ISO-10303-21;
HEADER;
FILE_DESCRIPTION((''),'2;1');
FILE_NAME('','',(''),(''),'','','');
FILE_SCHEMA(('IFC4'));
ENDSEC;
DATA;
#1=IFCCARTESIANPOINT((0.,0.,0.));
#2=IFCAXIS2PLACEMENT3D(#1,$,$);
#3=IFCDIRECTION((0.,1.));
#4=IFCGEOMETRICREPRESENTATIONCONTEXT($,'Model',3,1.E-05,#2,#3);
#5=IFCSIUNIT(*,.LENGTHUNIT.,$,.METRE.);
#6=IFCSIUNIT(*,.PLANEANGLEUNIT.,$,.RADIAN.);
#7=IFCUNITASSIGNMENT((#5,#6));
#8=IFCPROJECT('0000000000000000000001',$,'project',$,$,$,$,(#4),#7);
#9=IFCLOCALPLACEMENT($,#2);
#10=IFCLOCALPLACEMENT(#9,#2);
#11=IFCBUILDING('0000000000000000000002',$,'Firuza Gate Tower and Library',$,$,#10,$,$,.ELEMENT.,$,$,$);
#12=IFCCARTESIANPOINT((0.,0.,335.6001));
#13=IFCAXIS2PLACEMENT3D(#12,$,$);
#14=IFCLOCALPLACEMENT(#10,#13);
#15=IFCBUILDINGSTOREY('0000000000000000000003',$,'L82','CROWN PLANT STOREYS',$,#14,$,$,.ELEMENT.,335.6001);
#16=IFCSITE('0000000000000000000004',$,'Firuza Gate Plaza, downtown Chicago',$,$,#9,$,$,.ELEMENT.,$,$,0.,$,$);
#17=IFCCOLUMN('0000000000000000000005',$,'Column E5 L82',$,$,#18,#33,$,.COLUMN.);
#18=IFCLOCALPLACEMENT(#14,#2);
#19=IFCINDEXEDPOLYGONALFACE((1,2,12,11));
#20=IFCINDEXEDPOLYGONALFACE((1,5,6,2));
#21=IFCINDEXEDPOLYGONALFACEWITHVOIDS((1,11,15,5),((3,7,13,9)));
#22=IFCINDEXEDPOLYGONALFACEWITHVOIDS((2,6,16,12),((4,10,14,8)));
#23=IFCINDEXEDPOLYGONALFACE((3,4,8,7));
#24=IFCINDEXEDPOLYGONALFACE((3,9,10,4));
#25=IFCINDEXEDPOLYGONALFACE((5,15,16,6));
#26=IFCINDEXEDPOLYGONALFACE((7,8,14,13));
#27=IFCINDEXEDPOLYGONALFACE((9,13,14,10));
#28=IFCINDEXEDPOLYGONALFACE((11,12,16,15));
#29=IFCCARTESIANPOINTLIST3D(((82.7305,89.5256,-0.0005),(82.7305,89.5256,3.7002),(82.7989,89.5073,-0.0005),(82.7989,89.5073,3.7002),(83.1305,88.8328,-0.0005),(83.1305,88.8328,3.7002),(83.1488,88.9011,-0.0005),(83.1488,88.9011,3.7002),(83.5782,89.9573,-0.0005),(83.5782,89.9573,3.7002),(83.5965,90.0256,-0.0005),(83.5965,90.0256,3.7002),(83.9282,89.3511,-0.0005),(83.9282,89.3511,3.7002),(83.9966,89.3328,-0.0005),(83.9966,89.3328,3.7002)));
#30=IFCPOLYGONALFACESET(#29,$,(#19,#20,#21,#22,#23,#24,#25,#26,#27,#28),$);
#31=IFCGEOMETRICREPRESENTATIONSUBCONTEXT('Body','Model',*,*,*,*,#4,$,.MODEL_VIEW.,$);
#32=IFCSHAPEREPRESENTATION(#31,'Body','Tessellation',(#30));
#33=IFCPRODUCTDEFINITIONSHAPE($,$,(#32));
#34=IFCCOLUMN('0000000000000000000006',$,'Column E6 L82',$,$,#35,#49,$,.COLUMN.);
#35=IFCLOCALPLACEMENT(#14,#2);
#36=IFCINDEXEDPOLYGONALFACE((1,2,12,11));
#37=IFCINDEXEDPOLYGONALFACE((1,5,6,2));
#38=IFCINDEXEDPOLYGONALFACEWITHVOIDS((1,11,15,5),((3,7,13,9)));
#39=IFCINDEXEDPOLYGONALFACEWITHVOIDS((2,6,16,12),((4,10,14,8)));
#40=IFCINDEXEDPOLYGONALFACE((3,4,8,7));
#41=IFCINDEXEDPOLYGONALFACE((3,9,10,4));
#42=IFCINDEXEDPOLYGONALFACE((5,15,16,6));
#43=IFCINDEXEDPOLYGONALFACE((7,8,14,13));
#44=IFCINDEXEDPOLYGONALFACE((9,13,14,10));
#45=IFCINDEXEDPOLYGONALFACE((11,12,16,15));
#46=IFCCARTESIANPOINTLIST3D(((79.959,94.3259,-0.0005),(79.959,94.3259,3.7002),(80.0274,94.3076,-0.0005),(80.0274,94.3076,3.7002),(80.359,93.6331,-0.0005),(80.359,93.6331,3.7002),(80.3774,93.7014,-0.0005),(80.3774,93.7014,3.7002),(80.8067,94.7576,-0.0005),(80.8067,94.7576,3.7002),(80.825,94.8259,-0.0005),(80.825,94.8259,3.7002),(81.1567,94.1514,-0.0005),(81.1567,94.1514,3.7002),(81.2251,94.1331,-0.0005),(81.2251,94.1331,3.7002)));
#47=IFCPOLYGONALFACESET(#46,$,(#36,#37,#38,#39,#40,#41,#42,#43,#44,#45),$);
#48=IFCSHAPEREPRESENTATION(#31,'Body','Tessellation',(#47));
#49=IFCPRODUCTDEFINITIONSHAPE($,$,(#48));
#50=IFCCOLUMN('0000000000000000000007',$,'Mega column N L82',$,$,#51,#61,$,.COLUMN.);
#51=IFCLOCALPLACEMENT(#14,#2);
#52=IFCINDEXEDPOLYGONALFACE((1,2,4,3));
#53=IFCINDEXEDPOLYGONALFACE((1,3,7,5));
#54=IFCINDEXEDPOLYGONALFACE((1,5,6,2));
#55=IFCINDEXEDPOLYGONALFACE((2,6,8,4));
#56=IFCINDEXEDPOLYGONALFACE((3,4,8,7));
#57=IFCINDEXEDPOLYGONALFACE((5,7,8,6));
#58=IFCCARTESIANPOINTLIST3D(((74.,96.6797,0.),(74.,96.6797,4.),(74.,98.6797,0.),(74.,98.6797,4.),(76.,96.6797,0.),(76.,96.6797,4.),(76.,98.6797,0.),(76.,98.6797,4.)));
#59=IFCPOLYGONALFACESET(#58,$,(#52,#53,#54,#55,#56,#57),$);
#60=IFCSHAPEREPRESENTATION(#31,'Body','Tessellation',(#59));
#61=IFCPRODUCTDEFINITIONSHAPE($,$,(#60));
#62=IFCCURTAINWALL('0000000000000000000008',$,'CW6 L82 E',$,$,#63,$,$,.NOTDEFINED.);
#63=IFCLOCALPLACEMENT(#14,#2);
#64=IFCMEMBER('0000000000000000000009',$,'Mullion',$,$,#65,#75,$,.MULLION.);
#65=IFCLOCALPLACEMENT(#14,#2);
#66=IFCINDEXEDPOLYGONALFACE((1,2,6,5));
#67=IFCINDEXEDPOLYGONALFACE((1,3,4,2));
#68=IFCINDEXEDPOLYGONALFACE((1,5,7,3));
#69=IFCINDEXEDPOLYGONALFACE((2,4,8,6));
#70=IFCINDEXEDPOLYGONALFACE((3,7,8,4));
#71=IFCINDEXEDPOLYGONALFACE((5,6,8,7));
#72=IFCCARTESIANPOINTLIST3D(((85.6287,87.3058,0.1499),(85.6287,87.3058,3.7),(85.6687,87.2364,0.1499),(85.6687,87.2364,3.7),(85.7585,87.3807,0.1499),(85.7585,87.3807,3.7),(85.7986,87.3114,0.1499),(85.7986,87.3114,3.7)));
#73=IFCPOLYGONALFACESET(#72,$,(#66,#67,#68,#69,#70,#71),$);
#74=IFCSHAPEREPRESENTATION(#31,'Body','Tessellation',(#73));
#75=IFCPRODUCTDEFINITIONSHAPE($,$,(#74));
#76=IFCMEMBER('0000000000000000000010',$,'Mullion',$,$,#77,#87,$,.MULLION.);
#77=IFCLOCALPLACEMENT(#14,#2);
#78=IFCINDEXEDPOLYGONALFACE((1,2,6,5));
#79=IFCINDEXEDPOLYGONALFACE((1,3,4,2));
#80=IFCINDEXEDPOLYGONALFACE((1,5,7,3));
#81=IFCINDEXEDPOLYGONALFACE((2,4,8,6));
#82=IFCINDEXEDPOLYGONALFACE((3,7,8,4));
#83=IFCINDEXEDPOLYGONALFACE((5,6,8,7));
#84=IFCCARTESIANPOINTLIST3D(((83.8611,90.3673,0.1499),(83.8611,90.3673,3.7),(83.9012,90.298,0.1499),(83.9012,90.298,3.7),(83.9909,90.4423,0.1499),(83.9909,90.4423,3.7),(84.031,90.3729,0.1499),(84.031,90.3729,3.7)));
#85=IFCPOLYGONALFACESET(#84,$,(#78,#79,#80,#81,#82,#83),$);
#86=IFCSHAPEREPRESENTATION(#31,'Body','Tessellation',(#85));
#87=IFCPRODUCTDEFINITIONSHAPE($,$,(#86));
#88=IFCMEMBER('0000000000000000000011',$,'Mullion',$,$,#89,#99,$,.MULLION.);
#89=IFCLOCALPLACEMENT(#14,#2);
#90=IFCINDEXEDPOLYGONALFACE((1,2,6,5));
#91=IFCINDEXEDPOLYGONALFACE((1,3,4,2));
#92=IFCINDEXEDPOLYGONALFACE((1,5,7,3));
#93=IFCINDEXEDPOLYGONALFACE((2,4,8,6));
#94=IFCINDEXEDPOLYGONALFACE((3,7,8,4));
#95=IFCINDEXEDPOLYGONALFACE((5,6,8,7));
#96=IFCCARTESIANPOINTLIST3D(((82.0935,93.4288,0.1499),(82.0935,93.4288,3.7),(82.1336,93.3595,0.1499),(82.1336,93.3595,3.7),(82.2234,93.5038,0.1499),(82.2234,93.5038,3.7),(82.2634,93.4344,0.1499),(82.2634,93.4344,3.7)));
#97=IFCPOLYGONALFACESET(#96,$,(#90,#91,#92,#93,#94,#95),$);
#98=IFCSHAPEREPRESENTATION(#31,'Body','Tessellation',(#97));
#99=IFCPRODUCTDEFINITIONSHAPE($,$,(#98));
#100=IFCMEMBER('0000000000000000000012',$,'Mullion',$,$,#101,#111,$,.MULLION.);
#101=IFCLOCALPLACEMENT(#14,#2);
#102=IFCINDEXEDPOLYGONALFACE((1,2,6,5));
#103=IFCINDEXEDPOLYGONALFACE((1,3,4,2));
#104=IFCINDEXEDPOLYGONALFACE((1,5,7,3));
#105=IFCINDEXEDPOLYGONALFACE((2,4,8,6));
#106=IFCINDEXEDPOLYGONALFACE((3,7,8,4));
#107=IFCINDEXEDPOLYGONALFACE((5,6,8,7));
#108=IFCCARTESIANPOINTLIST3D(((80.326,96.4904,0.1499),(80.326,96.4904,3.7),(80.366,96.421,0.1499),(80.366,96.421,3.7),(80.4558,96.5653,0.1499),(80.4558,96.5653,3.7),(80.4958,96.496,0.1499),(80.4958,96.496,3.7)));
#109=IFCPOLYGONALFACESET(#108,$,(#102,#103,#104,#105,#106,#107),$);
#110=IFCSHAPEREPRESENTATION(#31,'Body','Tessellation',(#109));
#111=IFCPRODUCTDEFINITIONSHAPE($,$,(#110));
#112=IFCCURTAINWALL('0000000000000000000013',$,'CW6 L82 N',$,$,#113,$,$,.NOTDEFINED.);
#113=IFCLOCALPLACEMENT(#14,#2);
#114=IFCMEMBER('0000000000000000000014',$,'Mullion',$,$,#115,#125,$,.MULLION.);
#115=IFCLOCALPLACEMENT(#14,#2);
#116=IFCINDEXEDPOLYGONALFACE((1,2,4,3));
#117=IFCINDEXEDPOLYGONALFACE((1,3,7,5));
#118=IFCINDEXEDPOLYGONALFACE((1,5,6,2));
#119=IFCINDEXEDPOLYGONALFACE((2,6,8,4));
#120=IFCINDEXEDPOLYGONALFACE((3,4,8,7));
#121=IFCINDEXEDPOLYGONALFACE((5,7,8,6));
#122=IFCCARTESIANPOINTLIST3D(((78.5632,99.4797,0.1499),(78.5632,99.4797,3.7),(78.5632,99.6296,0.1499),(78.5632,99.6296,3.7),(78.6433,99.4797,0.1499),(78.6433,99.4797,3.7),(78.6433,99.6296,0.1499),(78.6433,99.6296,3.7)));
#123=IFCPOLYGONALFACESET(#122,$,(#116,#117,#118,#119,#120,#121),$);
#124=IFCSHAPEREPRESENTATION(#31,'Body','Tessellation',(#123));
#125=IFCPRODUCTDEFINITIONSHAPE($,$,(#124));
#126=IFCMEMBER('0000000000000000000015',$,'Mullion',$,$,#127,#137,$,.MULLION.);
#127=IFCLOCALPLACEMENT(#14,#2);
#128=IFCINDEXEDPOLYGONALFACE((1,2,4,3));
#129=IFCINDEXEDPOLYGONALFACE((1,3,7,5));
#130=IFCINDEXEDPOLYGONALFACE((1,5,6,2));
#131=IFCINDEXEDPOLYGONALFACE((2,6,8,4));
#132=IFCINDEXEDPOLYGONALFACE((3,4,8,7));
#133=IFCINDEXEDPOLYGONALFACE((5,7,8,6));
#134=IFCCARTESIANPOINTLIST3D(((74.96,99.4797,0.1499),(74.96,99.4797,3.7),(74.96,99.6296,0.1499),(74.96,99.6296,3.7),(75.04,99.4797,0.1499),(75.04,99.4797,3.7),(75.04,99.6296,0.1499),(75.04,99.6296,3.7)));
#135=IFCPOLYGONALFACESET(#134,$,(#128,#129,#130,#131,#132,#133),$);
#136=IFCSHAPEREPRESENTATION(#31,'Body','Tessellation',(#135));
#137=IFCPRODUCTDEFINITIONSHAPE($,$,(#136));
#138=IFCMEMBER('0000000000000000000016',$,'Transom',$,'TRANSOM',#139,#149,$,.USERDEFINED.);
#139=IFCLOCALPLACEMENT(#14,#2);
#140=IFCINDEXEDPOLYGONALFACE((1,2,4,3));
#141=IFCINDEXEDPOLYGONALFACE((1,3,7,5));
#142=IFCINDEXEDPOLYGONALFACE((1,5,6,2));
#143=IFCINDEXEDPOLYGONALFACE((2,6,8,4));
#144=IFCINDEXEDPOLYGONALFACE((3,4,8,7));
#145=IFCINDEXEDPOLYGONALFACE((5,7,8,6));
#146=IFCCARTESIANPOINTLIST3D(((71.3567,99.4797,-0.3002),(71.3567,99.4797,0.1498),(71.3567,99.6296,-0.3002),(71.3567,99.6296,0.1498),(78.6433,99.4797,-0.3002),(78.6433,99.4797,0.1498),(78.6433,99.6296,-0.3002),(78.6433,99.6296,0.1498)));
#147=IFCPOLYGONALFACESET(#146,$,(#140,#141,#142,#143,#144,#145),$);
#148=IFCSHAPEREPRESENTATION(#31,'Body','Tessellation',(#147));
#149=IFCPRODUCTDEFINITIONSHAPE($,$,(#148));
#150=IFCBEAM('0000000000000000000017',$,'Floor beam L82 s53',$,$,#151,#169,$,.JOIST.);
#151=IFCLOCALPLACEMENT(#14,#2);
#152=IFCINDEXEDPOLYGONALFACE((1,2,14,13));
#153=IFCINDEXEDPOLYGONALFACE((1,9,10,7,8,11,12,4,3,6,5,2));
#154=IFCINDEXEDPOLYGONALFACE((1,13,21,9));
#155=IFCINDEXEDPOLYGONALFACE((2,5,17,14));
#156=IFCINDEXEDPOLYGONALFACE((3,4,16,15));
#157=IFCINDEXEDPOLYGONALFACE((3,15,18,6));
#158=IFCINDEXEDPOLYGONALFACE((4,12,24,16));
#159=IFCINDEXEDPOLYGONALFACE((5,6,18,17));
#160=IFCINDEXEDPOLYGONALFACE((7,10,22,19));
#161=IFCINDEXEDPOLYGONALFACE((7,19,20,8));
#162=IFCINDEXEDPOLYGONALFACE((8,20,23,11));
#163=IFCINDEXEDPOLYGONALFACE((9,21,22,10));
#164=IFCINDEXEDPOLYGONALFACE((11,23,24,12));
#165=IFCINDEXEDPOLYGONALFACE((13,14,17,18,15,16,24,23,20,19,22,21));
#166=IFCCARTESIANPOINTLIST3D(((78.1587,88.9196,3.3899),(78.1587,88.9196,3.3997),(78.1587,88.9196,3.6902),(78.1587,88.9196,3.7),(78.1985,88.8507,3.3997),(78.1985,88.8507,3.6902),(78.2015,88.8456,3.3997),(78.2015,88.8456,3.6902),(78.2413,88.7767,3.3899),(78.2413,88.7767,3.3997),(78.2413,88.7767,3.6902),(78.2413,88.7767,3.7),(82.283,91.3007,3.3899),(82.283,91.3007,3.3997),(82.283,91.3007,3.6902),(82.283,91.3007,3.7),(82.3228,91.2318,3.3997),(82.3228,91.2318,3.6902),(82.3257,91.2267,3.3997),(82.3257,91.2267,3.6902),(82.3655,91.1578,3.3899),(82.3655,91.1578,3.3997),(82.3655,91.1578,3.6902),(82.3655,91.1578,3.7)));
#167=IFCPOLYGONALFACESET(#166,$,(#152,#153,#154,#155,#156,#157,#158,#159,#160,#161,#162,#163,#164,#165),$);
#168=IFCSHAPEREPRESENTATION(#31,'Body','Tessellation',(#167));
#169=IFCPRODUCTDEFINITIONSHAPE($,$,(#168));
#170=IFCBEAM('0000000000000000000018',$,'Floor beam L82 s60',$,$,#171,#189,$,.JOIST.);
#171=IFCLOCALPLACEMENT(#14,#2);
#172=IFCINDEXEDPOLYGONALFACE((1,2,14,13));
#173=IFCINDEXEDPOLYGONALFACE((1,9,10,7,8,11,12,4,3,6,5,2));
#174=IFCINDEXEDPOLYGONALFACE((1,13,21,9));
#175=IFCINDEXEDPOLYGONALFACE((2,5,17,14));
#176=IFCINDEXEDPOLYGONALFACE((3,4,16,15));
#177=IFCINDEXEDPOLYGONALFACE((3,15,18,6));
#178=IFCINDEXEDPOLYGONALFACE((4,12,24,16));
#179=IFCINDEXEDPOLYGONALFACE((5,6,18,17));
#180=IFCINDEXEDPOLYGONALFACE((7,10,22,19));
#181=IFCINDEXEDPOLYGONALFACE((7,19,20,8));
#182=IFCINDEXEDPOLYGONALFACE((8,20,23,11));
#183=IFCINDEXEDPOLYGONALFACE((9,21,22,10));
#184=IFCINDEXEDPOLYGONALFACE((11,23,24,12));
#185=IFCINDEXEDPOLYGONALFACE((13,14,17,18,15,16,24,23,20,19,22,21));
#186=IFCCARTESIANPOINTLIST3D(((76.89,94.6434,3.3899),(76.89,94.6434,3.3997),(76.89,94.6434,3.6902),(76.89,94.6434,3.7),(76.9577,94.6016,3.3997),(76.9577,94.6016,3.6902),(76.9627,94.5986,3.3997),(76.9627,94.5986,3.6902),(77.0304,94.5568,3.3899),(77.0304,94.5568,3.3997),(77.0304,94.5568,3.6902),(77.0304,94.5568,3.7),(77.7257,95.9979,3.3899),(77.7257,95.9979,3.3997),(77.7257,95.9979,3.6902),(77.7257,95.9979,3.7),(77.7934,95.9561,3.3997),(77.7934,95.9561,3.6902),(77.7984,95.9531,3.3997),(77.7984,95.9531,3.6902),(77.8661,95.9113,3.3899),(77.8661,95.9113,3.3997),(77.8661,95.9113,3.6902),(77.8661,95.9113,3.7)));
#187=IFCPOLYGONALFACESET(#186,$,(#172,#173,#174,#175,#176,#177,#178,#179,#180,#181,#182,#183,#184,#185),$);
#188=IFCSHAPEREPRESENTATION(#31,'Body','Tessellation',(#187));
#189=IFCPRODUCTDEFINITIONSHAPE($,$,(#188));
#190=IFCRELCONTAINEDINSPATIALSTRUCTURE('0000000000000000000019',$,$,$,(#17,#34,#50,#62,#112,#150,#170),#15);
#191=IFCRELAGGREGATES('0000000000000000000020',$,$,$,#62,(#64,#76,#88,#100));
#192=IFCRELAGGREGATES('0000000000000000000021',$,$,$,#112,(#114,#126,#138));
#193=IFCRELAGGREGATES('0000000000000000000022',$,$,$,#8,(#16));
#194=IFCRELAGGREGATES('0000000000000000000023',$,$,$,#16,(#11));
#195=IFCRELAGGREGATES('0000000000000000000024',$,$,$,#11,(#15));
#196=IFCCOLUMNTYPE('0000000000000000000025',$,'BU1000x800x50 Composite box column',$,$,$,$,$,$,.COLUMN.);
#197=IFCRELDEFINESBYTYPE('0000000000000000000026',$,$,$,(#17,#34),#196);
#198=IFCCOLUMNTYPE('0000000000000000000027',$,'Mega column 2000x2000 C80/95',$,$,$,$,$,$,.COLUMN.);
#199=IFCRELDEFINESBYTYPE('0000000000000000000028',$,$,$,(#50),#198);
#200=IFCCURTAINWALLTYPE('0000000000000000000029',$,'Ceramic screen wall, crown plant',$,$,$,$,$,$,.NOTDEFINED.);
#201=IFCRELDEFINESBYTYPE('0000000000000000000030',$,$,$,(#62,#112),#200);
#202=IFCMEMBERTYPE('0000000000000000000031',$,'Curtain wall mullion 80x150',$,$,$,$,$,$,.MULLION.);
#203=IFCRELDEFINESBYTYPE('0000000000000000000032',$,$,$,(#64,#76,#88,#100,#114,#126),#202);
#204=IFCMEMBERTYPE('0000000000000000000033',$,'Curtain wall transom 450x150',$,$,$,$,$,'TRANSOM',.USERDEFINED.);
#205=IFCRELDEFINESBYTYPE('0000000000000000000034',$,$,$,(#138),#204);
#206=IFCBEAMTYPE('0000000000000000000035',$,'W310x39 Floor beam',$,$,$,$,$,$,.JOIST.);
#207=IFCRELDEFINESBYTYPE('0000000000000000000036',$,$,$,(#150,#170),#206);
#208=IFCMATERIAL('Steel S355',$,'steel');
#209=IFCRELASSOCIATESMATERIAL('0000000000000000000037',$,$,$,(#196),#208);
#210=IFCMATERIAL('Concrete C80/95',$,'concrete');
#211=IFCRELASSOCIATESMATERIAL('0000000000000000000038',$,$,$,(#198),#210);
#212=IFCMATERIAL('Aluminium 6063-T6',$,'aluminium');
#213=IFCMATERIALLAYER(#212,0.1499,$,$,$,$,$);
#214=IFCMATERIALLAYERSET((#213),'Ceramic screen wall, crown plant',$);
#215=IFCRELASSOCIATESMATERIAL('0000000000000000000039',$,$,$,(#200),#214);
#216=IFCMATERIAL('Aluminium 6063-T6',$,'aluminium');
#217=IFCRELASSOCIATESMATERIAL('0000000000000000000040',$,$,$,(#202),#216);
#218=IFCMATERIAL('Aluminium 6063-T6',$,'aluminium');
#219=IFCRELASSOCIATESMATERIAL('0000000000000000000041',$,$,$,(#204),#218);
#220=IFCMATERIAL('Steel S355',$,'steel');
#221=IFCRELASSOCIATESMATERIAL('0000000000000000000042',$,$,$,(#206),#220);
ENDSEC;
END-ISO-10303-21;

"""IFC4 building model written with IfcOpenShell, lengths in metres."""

from ifc_helpers import new_model, si_unit, direction, frame, origin, origin_2d, place, context, subcontext, project, spatial, rectangle, hollow_rectangle, i_section, extrude, material, layer, layer_set, material_profile, profile_set, type_object, element, aggregate, save


model = new_model("IFC4")

# Units and contexts
model_context = context("Model", 3, precision=1e-05, world=origin(), true_north=direction((0.0, 1.0)))
body_context = subcontext(model_context, "Body", "Model", "MODEL_VIEW")
ifc_project = project(units=[si_unit("LENGTHUNIT", "METRE"), si_unit("PLANEANGLEUNIT", "RADIAN")], contexts=[model_context])

# Site, building, storey
site_placement = place(None, origin())
site = spatial("IfcSite", under=ifc_project, at=site_placement, Name="Firuza Gate Plaza, downtown Chicago", CompositionType="ELEMENT", RefElevation=0.0)
building_placement = place(site_placement, origin())
building = spatial("IfcBuilding", under=site, at=building_placement, Name="Firuza Gate Tower and Library", CompositionType="ELEMENT")
storey_placement = place(building_placement, frame((0.0, 0.0, 335.6001)))
storey = spatial("IfcBuildingStorey", under=building, at=storey_placement, Name="L82", Description="CROWN PLANT STOREYS", CompositionType="ELEMENT", Elevation=335.6001)

# Columns
ifc_material_1 = material(Name="Steel S355", Category="steel")
ifc_material_profile_1 = material_profile(ifc_material_1, hollow_rectangle(XDim=0.8, YDim=1.0, WallThickness=0.05, at=origin_2d()))
ifc_profile_set_1 = profile_set([ifc_material_profile_1], Name="Steel S355")
column_type_1 = type_object("IfcColumnType", Name="BU1000x800x50 Composite box column", PredefinedType="COLUMN", material=ifc_profile_set_1)
for number, where, z_axis, x_axis, name in (
    (1, (83.3635, 89.4292, -0.0005), (0.0, 0.0, 1.0), (-0.5, 0.866025, 0.0), "Column E5 L82"),
    (2, (80.592, 94.2295, -0.0005), (0.0, 0.0, 1.0), (-0.5, 0.866025, 0.0), "Column E6 L82"),
):
    element("IfcColumn", number, at=place(storey_placement, frame(where, z_axis=z_axis, x_axis=x_axis)), inside=storey, type_object=column_type_1, Name=name, PredefinedType="COLUMN", context=body_context, shape_type="SweptSolid", body=[
        extrude(hollow_rectangle(XDim=0.8, YDim=1.0, WallThickness=0.05, at=origin_2d()), origin(), (0.0, 0.0, 1.0), 3.7007),
    ])
ifc_material_2 = material(Name="Concrete C80/95", Category="concrete")
ifc_material_profile_2 = material_profile(ifc_material_2, rectangle(XDim=2.0, YDim=2.0, at=origin_2d()))
ifc_profile_set_2 = profile_set([ifc_material_profile_2], Name="Concrete C80/95")
column_type_2 = type_object("IfcColumnType", Name="Mega column 2000x2000 C80/95", PredefinedType="COLUMN", material=ifc_profile_set_2)
column_placement = place(storey_placement, frame((75.0, 97.6797, 0.0), z_axis=(0.0, 0.0, 1.0), x_axis=(-1.0, 0.0, 0.0)))
element("IfcColumn", 3, at=column_placement, inside=storey, type_object=column_type_2, Name="Mega column N L82", PredefinedType="COLUMN", context=body_context, shape_type="SweptSolid", body=[
    extrude(rectangle(XDim=2.0, YDim=2.0, at=origin_2d()), origin(), (0.0, 0.0, 1.0), 4.0),
])

# Curtain walls, members
ifc_material_3 = material(Name="Aluminium 6063-T6", Category="aluminium")
ifc_layer_1 = layer(ifc_material_3, 0.1499)
ifc_layer_set_1 = layer_set([ifc_layer_1], Name="Ceramic screen wall, crown plant")
curtain_wall_type = type_object("IfcCurtainWallType", Name="Ceramic screen wall, crown plant", PredefinedType="NOTDEFINED", material=ifc_layer_set_1)
placement = place(storey_placement, origin())
curtain_wall_1 = element("IfcCurtainWall", 4, at=placement, inside=storey, type_object=curtain_wall_type, Name="CW6 L82 E", PredefinedType="NOTDEFINED")
ifc_material_4 = material(Name="Aluminium 6063-T6", Category="aluminium")
ifc_material_profile_3 = material_profile(ifc_material_4, rectangle(XDim=0.1499, YDim=0.0801, at=origin_2d()))
ifc_profile_set_3 = profile_set([ifc_material_profile_3], Name="Aluminium 6063-T6")
member_type_1 = type_object("IfcMemberType", Name="Curtain wall mullion 80x150", PredefinedType="MULLION", material=ifc_profile_set_3)
member_1_placement = place(storey_placement, frame((85.7136, 87.3086, 0.1499), z_axis=(0.0, 0.0, 1.0), x_axis=(-0.866025, -0.5, 0.0)))
member_1 = element("IfcMember", 5, at=member_1_placement, type_object=member_type_1, Name="Mullion", PredefinedType="MULLION", context=body_context, shape_type="SweptSolid", body=[
    extrude(rectangle(XDim=0.1499, YDim=0.0801, at=origin_2d()), origin(), (0.0, 0.0, 1.0), 3.55),
])
member_2_placement = place(storey_placement, frame((83.946, 90.3701, 0.1499), z_axis=(0.0, 0.0, 1.0), x_axis=(-0.866025, -0.5, 0.0)))
member_2 = element("IfcMember", 6, at=member_2_placement, type_object=member_type_1, Name="Mullion", PredefinedType="MULLION", context=body_context, shape_type="SweptSolid", body=[
    extrude(rectangle(XDim=0.1499, YDim=0.0801, at=origin_2d()), origin(), (0.0, 0.0, 1.0), 3.55),
])
member_3_placement = place(storey_placement, frame((82.1785, 93.4316, 0.1499), z_axis=(0.0, 0.0, 1.0), x_axis=(-0.866025, -0.5, 0.0)))
member_3 = element("IfcMember", 7, at=member_3_placement, type_object=member_type_1, Name="Mullion", PredefinedType="MULLION", context=body_context, shape_type="SweptSolid", body=[
    extrude(rectangle(XDim=0.1499, YDim=0.0801, at=origin_2d()), origin(), (0.0, 0.0, 1.0), 3.55),
])
member_4_placement = place(storey_placement, frame((80.4109, 96.4932, 0.1499), z_axis=(0.0, 0.0, 1.0), x_axis=(-0.866025, -0.5, 0.0)))
member_4 = element("IfcMember", 8, at=member_4_placement, type_object=member_type_1, Name="Mullion", PredefinedType="MULLION", context=body_context, shape_type="SweptSolid", body=[
    extrude(rectangle(XDim=0.1499, YDim=0.0801, at=origin_2d()), origin(), (0.0, 0.0, 1.0), 3.55),
])
curtain_wall_2 = element("IfcCurtainWall", 9, at=placement, inside=storey, type_object=curtain_wall_type, Name="CW6 L82 N", PredefinedType="NOTDEFINED")
member_5_placement = place(storey_placement, frame((78.6033, 99.5547, 0.1499), z_axis=(0.0, 0.0, 1.0), x_axis=(0.0, -1.0, 0.0)))
member_5 = element("IfcMember", 10, at=member_5_placement, type_object=member_type_1, Name="Mullion", PredefinedType="MULLION", context=body_context, shape_type="SweptSolid", body=[
    extrude(rectangle(XDim=0.1499, YDim=0.0801, at=origin_2d()), origin(), (0.0, 0.0, 1.0), 3.55),
])
member_6_placement = place(storey_placement, frame((75.0, 99.5547, 0.1499), z_axis=(0.0, 0.0, 1.0), x_axis=(0.0, -1.0, 0.0)))
member_6 = element("IfcMember", 11, at=member_6_placement, type_object=member_type_1, Name="Mullion", PredefinedType="MULLION", context=body_context, shape_type="SweptSolid", body=[
    extrude(rectangle(XDim=0.1499, YDim=0.0801, at=origin_2d()), origin(), (0.0, 0.0, 1.0), 3.55),
])
ifc_material_5 = material(Name="Aluminium 6063-T6", Category="aluminium")
ifc_material_profile_4 = material_profile(ifc_material_5, rectangle(XDim=0.1499, YDim=0.45, at=origin_2d()))
ifc_profile_set_4 = profile_set([ifc_material_profile_4], Name="Aluminium 6063-T6")
member_type_2 = type_object("IfcMemberType", Name="Curtain wall transom 450x150", ElementType="TRANSOM", PredefinedType="USERDEFINED", material=ifc_profile_set_4)
member_7_placement = place(storey_placement, frame((78.6433, 99.5547, -0.0752), z_axis=(-1.0, 0.0, 0.0), x_axis=(0.0, -1.0, 0.0)))
member_7 = element("IfcMember", 12, at=member_7_placement, type_object=member_type_2, Name="Transom", ObjectType="TRANSOM", PredefinedType="USERDEFINED", context=body_context, shape_type="SweptSolid", body=[
    extrude(rectangle(XDim=0.1499, YDim=0.45, at=origin_2d()), origin(), (0.0, 0.0, 1.0), 7.2866),
])

# Beams
ifc_material_6 = material(Name="Steel S355", Category="steel")
ifc_material_profile_5 = material_profile(ifc_material_6, i_section(OverallWidth=0.165, OverallDepth=0.3101, WebThickness=0.0059, FlangeThickness=0.0098, at=origin_2d()))
ifc_profile_set_5 = profile_set([ifc_material_profile_5], Name="Steel S355")
beam_type_1 = type_object("IfcBeamType", Name="W310x39 Floor beam", PredefinedType="JOIST", material=ifc_profile_set_5)
beam_1_placement = place(storey_placement, frame((82.3242, 91.2292, 3.5449), z_axis=(-0.866029, -0.499993, 0.0), x_axis=(0.499993, -0.866029, 0.0)))
element("IfcBeam", 13, at=beam_1_placement, inside=storey, type_object=beam_type_1, Name="Floor beam L82 s53", PredefinedType="JOIST", context=body_context, shape_type="SweptSolid", body=[
    extrude(i_section(OverallWidth=0.165, OverallDepth=0.3101, WebThickness=0.0059, FlangeThickness=0.0098, at=origin_2d()), origin(), (0.0, 0.0, 1.0), 4.7622),
])
beam_2_placement = place(storey_placement, frame((77.7959, 95.9546, 3.5449), z_axis=(-0.525081, -0.851052, 0.0), x_axis=(0.851052, -0.525081, 0.0)))
element("IfcBeam", 14, at=beam_2_placement, inside=storey, type_object=beam_type_1, Name="Floor beam L82 s60", PredefinedType="JOIST", context=body_context, shape_type="SweptSolid", body=[
    extrude(i_section(OverallWidth=0.165, OverallDepth=0.3101, WebThickness=0.0059, FlangeThickness=0.0098, at=origin_2d()), origin(), (0.0, 0.0, 1.0), 1.5916),
])

aggregate(curtain_wall_1, [member_1, member_2, member_3, member_4])
aggregate(curtain_wall_2, [member_5, member_6, member_7])

save(model, "model.ifc")
